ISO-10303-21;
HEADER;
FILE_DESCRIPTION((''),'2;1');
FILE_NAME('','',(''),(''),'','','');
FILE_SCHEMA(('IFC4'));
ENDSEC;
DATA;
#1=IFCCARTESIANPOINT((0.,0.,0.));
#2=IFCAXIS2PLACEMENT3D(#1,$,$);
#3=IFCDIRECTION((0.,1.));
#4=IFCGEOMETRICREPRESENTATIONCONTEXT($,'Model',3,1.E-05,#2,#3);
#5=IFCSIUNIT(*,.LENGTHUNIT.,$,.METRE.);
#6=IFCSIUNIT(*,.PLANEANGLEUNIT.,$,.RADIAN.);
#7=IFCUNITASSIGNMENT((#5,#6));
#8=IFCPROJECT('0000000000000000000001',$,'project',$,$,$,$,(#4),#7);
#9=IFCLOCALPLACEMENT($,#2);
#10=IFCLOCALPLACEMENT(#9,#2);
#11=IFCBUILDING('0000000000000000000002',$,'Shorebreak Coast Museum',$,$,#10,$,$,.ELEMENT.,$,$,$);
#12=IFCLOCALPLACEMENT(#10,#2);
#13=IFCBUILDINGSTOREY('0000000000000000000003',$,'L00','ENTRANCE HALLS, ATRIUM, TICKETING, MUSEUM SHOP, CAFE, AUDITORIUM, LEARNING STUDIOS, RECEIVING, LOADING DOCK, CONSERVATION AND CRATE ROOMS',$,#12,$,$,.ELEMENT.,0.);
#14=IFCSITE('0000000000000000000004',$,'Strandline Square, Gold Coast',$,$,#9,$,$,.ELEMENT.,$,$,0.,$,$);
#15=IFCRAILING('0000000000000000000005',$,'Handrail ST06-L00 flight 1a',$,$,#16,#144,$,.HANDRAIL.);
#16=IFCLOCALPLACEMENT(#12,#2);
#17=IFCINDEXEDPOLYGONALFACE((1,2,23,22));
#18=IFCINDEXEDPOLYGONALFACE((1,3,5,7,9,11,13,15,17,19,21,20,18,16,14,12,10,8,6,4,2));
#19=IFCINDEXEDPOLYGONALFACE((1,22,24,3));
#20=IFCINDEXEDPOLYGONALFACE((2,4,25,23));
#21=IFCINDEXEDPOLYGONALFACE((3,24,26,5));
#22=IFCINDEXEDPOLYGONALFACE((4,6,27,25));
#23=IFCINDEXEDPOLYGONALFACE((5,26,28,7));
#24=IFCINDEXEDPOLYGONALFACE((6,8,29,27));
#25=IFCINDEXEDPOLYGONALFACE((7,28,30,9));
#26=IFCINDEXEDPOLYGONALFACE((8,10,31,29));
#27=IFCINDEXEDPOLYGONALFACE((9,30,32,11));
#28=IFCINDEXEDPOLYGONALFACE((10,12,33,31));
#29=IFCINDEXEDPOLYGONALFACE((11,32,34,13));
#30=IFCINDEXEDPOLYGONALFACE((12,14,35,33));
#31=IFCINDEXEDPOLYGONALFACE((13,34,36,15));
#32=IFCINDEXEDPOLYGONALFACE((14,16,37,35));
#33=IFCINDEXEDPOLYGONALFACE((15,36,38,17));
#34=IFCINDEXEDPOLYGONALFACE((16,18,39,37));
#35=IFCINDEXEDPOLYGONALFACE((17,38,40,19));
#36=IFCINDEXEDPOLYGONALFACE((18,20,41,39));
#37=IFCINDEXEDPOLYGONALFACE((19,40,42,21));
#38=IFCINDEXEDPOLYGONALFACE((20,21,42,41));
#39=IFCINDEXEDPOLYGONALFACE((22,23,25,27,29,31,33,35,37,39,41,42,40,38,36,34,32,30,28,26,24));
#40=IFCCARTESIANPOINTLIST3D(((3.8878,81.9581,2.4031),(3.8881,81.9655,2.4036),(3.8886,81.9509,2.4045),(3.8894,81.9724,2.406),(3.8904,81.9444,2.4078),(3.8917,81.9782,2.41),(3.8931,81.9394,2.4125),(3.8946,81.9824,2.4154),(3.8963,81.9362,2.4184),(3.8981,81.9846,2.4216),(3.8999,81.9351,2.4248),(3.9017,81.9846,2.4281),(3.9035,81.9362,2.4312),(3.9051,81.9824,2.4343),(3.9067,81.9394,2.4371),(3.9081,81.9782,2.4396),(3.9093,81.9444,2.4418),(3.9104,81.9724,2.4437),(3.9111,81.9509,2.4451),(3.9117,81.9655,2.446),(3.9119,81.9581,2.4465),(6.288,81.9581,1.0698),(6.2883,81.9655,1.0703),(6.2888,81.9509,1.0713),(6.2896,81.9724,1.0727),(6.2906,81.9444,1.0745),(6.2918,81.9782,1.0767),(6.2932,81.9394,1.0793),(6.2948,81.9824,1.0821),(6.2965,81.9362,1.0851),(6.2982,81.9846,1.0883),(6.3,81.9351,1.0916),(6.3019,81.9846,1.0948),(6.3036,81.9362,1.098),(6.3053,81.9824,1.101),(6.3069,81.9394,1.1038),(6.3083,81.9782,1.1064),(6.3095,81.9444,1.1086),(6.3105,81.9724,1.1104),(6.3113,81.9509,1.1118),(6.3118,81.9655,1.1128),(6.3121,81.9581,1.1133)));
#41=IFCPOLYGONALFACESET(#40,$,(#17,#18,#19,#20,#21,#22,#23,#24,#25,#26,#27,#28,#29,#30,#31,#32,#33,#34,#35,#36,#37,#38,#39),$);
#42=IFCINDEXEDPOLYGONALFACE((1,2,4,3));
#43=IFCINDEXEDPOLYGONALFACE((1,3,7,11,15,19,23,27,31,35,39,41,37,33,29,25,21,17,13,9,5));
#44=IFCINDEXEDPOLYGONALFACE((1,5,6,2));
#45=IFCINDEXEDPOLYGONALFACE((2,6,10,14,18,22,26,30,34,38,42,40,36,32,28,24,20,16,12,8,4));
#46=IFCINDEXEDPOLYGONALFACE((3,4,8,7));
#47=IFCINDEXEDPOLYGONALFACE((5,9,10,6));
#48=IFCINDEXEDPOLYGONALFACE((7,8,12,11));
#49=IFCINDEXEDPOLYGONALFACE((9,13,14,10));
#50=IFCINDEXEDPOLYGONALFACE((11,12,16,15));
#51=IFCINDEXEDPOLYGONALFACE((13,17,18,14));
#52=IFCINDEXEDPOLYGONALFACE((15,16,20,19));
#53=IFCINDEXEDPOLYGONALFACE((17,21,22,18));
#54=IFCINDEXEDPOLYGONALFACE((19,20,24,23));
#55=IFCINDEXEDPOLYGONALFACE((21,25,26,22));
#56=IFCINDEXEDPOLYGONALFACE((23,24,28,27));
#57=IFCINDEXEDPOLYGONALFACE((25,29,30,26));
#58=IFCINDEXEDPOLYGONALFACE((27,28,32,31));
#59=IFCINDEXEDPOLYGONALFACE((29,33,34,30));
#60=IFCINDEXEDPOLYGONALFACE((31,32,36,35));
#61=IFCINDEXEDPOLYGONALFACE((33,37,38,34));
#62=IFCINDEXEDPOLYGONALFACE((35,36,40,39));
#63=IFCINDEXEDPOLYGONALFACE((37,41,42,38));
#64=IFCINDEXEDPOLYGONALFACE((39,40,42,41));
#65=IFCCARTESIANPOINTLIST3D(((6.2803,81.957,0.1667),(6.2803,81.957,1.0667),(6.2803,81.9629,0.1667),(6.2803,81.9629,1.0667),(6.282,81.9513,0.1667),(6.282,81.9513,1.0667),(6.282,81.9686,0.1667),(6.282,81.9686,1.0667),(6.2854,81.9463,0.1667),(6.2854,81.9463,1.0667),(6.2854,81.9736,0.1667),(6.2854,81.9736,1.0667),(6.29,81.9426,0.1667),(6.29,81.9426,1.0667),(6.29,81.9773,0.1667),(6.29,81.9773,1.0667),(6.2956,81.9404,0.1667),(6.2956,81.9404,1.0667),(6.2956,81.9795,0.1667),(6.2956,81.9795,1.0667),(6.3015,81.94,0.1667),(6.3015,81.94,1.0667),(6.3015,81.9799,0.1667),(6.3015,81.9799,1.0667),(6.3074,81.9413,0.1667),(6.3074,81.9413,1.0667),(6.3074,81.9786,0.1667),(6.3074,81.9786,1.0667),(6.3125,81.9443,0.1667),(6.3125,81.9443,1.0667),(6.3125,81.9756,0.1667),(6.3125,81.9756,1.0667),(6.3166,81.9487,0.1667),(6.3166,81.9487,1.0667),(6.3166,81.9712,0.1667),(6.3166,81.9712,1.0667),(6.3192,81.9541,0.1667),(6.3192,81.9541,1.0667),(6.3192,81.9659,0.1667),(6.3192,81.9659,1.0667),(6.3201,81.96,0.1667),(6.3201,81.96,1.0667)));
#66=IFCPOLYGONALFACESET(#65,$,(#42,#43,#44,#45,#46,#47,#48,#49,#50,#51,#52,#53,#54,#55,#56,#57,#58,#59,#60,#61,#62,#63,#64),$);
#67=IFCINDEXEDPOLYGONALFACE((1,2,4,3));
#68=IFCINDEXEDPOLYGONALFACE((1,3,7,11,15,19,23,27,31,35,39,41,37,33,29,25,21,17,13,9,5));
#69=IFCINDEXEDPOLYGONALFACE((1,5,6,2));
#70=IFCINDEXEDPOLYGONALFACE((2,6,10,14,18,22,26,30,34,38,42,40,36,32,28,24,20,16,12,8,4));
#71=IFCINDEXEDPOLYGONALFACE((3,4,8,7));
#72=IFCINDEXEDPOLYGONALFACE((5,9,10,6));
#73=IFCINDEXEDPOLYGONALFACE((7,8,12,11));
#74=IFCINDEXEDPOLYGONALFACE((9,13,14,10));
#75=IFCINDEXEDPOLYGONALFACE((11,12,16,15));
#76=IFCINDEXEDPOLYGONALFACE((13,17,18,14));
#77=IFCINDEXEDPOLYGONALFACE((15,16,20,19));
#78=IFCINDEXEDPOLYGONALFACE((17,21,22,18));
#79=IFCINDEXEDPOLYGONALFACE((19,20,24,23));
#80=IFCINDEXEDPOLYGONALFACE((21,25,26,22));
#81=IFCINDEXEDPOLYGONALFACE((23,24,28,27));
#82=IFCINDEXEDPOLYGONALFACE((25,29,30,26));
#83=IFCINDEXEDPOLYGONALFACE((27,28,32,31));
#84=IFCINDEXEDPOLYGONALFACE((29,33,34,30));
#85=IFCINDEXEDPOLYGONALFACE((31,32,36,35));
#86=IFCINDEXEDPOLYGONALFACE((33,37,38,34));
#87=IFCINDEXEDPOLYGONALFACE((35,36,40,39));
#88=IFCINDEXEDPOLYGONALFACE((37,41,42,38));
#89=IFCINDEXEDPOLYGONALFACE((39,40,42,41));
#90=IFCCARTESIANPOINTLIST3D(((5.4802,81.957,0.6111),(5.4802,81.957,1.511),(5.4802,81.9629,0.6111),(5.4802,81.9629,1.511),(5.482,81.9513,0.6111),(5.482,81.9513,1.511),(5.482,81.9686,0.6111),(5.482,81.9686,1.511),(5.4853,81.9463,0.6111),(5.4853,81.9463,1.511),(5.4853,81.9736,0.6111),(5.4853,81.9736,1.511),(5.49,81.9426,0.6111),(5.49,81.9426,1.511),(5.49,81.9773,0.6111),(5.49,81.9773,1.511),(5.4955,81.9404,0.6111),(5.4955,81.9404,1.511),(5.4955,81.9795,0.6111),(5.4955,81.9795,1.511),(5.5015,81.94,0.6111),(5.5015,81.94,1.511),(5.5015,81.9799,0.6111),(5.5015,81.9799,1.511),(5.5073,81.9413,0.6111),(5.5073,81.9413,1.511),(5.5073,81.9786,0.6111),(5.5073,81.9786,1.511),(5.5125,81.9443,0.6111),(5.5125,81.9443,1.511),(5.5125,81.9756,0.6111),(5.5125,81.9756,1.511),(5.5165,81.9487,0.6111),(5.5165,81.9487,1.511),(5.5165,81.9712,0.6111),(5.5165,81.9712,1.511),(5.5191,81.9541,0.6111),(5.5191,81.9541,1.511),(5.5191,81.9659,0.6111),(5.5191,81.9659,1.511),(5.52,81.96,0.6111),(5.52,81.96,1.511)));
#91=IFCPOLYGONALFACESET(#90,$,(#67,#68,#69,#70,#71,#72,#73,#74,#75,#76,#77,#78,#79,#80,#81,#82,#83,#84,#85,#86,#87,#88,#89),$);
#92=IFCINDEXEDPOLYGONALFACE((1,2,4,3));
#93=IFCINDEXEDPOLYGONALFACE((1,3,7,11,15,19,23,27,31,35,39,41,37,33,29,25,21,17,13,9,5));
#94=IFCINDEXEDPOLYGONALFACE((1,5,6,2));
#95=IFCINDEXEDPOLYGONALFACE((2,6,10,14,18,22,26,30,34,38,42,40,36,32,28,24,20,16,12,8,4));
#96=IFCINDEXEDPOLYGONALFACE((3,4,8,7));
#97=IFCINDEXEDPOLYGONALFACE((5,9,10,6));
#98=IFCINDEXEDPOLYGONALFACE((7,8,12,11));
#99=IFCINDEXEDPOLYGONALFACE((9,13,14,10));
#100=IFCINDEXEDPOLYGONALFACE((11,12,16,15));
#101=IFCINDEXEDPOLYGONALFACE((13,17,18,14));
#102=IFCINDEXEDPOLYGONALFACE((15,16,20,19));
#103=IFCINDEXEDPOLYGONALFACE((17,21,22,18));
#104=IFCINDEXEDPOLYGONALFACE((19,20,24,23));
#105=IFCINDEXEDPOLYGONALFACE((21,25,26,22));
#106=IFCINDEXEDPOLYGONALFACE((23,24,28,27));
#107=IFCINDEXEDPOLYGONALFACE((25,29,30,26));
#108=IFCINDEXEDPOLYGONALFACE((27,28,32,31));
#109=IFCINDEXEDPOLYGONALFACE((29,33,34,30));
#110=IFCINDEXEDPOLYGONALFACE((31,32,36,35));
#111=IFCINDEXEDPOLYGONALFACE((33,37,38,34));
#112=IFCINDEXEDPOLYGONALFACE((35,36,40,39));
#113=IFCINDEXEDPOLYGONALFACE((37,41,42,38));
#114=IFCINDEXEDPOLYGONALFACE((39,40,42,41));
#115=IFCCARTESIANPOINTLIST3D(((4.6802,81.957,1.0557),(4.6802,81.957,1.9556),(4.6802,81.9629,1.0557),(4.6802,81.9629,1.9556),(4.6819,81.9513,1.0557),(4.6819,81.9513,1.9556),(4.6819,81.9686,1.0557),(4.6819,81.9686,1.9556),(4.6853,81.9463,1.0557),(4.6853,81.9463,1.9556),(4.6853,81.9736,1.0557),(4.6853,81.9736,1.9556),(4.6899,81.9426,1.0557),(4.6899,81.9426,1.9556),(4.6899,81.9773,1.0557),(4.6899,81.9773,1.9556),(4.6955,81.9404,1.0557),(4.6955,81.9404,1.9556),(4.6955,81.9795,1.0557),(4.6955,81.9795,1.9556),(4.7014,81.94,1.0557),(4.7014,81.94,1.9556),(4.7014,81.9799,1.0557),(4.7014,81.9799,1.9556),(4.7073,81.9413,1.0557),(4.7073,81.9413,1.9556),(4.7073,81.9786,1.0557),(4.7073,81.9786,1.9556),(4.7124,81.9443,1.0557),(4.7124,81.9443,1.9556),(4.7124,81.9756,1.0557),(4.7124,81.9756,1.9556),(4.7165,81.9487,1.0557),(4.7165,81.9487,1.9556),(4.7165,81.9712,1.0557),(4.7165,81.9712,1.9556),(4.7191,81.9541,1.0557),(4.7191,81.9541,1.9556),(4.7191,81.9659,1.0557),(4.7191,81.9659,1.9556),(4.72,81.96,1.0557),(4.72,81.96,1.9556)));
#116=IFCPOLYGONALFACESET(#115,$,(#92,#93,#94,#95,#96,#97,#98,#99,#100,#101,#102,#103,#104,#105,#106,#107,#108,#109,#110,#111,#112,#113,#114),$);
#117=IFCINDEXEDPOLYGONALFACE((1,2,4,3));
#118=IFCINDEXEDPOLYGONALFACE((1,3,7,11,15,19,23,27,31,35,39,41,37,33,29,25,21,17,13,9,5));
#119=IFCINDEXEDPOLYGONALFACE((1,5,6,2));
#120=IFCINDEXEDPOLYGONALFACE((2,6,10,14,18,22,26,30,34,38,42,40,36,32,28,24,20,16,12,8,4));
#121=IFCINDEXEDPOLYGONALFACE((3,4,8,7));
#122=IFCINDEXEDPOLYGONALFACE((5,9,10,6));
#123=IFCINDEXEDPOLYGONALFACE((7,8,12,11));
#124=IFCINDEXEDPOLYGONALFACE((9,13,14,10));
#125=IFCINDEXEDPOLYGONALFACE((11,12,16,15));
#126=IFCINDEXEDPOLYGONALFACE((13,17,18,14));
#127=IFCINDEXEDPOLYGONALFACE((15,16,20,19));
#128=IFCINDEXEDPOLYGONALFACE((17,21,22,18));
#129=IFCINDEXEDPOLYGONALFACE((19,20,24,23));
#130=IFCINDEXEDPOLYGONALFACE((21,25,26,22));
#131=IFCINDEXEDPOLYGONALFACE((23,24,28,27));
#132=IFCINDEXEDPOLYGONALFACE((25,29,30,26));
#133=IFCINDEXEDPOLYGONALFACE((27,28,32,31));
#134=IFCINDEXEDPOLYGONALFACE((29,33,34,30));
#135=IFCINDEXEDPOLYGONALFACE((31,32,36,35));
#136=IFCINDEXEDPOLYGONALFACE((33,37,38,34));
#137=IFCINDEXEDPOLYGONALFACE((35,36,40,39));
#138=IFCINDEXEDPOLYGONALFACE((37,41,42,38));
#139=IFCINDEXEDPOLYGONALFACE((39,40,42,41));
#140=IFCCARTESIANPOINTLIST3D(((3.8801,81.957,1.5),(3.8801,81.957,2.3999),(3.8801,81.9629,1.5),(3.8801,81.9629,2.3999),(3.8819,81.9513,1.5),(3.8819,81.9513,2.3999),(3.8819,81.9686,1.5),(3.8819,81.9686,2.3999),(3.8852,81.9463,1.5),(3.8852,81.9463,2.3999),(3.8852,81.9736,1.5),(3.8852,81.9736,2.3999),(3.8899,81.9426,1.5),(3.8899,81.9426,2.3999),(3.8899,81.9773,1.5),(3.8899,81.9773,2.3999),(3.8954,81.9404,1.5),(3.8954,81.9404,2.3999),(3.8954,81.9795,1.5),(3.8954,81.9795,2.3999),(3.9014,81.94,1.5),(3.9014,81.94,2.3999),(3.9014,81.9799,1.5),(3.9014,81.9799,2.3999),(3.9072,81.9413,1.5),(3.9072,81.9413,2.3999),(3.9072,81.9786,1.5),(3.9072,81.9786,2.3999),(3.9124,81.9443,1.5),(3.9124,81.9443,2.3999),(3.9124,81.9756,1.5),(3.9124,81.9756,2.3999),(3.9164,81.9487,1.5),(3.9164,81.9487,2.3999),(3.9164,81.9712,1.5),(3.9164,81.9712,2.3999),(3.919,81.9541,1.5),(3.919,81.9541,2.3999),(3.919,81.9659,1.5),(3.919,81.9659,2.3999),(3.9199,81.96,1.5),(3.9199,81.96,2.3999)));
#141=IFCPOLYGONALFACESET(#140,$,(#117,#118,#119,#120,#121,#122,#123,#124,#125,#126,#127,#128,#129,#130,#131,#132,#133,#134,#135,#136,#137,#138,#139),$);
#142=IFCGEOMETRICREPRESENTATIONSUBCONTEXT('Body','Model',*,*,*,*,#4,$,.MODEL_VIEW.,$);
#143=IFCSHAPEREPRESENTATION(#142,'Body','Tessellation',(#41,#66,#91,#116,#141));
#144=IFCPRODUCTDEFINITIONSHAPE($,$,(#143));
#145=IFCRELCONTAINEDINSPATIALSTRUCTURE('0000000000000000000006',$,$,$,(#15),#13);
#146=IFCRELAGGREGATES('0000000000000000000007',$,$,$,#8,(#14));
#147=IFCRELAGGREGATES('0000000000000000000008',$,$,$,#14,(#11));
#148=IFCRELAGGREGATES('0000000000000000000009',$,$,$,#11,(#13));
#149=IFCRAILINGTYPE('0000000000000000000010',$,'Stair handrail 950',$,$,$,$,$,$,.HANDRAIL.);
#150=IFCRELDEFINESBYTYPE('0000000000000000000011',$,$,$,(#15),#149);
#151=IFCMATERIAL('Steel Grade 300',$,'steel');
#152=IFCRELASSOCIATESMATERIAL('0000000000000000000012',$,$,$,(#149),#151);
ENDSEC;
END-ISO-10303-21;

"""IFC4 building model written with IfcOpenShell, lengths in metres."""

from ifc_helpers import new_model, si_unit, direction, frame, origin, origin_2d, place, context, subcontext, project, spatial, circle, extrude, material, type_object, element, save


model = new_model("IFC4")

# Units and contexts
model_context = context("Model", 3, precision=1e-05, world=origin(), true_north=direction((0.0, 1.0)))
body_context = subcontext(model_context, "Body", "Model", "MODEL_VIEW")
ifc_project = project(units=[si_unit("LENGTHUNIT", "METRE"), si_unit("PLANEANGLEUNIT", "RADIAN")], contexts=[model_context])

# Site, building, storey
site_placement = place(None, origin())
site = spatial("IfcSite", under=ifc_project, at=site_placement, Name="Strandline Square, Gold Coast", CompositionType="ELEMENT", RefElevation=0.0)
building_placement = place(site_placement, origin())
building = spatial("IfcBuilding", under=site, at=building_placement, Name="Shorebreak Coast Museum", CompositionType="ELEMENT")
storey_placement = place(building_placement, origin())
storey = spatial("IfcBuildingStorey", under=building, at=storey_placement, Name="L00", Description="ENTRANCE HALLS, ATRIUM, TICKETING, MUSEUM SHOP, CAFE, AUDITORIUM, LEARNING STUDIOS, RECEIVING, LOADING DOCK, CONSERVATION AND CRATE ROOMS", CompositionType="ELEMENT", Elevation=0.0)

# Railing
ifc_material_1 = material(Name="Steel Grade 300", Category="steel")
railing_type_1 = type_object("IfcRailingType", Name="Stair handrail 950", PredefinedType="HANDRAIL", material=ifc_material_1)
for number, where, name in (
    (1, (6.3, 81.96, 0.1667), "Handrail ST06-L00 flight 1a"),
):
    element("IfcRailing", number, at=place(storey_placement, frame(where)), inside=storey, type_object=railing_type_1, Name=name, PredefinedType="HANDRAIL", context=body_context, shape_type="SweptSolid", body=[
        extrude(circle(Radius=0.0249, at=origin_2d()), frame((0.0, 0.0, 0.9248), z_axis=(-0.874182, 0.0, 0.485598), x_axis=(0.0, -1.0, 0.0)), (0.0, 0.0, 1.0), 2.7456),
        extrude(circle(Radius=0.02, at=origin_2d()), origin(), (0.0, 0.0, 1.0), 0.8999),
        extrude(circle(Radius=0.02, at=origin_2d()), frame((-0.8, 0.0, 0.4443)), (0.0, 0.0, 1.0), 0.8999),
        extrude(circle(Radius=0.02, at=origin_2d()), frame((-1.6001, 0.0, 0.8889)), (0.0, 0.0, 1.0), 0.8999),
        extrude(circle(Radius=0.02, at=origin_2d()), frame((-2.4001, 0.0, 1.3333)), (0.0, 0.0, 1.0), 0.8999),
    ])

save(model, "model.ifc")
